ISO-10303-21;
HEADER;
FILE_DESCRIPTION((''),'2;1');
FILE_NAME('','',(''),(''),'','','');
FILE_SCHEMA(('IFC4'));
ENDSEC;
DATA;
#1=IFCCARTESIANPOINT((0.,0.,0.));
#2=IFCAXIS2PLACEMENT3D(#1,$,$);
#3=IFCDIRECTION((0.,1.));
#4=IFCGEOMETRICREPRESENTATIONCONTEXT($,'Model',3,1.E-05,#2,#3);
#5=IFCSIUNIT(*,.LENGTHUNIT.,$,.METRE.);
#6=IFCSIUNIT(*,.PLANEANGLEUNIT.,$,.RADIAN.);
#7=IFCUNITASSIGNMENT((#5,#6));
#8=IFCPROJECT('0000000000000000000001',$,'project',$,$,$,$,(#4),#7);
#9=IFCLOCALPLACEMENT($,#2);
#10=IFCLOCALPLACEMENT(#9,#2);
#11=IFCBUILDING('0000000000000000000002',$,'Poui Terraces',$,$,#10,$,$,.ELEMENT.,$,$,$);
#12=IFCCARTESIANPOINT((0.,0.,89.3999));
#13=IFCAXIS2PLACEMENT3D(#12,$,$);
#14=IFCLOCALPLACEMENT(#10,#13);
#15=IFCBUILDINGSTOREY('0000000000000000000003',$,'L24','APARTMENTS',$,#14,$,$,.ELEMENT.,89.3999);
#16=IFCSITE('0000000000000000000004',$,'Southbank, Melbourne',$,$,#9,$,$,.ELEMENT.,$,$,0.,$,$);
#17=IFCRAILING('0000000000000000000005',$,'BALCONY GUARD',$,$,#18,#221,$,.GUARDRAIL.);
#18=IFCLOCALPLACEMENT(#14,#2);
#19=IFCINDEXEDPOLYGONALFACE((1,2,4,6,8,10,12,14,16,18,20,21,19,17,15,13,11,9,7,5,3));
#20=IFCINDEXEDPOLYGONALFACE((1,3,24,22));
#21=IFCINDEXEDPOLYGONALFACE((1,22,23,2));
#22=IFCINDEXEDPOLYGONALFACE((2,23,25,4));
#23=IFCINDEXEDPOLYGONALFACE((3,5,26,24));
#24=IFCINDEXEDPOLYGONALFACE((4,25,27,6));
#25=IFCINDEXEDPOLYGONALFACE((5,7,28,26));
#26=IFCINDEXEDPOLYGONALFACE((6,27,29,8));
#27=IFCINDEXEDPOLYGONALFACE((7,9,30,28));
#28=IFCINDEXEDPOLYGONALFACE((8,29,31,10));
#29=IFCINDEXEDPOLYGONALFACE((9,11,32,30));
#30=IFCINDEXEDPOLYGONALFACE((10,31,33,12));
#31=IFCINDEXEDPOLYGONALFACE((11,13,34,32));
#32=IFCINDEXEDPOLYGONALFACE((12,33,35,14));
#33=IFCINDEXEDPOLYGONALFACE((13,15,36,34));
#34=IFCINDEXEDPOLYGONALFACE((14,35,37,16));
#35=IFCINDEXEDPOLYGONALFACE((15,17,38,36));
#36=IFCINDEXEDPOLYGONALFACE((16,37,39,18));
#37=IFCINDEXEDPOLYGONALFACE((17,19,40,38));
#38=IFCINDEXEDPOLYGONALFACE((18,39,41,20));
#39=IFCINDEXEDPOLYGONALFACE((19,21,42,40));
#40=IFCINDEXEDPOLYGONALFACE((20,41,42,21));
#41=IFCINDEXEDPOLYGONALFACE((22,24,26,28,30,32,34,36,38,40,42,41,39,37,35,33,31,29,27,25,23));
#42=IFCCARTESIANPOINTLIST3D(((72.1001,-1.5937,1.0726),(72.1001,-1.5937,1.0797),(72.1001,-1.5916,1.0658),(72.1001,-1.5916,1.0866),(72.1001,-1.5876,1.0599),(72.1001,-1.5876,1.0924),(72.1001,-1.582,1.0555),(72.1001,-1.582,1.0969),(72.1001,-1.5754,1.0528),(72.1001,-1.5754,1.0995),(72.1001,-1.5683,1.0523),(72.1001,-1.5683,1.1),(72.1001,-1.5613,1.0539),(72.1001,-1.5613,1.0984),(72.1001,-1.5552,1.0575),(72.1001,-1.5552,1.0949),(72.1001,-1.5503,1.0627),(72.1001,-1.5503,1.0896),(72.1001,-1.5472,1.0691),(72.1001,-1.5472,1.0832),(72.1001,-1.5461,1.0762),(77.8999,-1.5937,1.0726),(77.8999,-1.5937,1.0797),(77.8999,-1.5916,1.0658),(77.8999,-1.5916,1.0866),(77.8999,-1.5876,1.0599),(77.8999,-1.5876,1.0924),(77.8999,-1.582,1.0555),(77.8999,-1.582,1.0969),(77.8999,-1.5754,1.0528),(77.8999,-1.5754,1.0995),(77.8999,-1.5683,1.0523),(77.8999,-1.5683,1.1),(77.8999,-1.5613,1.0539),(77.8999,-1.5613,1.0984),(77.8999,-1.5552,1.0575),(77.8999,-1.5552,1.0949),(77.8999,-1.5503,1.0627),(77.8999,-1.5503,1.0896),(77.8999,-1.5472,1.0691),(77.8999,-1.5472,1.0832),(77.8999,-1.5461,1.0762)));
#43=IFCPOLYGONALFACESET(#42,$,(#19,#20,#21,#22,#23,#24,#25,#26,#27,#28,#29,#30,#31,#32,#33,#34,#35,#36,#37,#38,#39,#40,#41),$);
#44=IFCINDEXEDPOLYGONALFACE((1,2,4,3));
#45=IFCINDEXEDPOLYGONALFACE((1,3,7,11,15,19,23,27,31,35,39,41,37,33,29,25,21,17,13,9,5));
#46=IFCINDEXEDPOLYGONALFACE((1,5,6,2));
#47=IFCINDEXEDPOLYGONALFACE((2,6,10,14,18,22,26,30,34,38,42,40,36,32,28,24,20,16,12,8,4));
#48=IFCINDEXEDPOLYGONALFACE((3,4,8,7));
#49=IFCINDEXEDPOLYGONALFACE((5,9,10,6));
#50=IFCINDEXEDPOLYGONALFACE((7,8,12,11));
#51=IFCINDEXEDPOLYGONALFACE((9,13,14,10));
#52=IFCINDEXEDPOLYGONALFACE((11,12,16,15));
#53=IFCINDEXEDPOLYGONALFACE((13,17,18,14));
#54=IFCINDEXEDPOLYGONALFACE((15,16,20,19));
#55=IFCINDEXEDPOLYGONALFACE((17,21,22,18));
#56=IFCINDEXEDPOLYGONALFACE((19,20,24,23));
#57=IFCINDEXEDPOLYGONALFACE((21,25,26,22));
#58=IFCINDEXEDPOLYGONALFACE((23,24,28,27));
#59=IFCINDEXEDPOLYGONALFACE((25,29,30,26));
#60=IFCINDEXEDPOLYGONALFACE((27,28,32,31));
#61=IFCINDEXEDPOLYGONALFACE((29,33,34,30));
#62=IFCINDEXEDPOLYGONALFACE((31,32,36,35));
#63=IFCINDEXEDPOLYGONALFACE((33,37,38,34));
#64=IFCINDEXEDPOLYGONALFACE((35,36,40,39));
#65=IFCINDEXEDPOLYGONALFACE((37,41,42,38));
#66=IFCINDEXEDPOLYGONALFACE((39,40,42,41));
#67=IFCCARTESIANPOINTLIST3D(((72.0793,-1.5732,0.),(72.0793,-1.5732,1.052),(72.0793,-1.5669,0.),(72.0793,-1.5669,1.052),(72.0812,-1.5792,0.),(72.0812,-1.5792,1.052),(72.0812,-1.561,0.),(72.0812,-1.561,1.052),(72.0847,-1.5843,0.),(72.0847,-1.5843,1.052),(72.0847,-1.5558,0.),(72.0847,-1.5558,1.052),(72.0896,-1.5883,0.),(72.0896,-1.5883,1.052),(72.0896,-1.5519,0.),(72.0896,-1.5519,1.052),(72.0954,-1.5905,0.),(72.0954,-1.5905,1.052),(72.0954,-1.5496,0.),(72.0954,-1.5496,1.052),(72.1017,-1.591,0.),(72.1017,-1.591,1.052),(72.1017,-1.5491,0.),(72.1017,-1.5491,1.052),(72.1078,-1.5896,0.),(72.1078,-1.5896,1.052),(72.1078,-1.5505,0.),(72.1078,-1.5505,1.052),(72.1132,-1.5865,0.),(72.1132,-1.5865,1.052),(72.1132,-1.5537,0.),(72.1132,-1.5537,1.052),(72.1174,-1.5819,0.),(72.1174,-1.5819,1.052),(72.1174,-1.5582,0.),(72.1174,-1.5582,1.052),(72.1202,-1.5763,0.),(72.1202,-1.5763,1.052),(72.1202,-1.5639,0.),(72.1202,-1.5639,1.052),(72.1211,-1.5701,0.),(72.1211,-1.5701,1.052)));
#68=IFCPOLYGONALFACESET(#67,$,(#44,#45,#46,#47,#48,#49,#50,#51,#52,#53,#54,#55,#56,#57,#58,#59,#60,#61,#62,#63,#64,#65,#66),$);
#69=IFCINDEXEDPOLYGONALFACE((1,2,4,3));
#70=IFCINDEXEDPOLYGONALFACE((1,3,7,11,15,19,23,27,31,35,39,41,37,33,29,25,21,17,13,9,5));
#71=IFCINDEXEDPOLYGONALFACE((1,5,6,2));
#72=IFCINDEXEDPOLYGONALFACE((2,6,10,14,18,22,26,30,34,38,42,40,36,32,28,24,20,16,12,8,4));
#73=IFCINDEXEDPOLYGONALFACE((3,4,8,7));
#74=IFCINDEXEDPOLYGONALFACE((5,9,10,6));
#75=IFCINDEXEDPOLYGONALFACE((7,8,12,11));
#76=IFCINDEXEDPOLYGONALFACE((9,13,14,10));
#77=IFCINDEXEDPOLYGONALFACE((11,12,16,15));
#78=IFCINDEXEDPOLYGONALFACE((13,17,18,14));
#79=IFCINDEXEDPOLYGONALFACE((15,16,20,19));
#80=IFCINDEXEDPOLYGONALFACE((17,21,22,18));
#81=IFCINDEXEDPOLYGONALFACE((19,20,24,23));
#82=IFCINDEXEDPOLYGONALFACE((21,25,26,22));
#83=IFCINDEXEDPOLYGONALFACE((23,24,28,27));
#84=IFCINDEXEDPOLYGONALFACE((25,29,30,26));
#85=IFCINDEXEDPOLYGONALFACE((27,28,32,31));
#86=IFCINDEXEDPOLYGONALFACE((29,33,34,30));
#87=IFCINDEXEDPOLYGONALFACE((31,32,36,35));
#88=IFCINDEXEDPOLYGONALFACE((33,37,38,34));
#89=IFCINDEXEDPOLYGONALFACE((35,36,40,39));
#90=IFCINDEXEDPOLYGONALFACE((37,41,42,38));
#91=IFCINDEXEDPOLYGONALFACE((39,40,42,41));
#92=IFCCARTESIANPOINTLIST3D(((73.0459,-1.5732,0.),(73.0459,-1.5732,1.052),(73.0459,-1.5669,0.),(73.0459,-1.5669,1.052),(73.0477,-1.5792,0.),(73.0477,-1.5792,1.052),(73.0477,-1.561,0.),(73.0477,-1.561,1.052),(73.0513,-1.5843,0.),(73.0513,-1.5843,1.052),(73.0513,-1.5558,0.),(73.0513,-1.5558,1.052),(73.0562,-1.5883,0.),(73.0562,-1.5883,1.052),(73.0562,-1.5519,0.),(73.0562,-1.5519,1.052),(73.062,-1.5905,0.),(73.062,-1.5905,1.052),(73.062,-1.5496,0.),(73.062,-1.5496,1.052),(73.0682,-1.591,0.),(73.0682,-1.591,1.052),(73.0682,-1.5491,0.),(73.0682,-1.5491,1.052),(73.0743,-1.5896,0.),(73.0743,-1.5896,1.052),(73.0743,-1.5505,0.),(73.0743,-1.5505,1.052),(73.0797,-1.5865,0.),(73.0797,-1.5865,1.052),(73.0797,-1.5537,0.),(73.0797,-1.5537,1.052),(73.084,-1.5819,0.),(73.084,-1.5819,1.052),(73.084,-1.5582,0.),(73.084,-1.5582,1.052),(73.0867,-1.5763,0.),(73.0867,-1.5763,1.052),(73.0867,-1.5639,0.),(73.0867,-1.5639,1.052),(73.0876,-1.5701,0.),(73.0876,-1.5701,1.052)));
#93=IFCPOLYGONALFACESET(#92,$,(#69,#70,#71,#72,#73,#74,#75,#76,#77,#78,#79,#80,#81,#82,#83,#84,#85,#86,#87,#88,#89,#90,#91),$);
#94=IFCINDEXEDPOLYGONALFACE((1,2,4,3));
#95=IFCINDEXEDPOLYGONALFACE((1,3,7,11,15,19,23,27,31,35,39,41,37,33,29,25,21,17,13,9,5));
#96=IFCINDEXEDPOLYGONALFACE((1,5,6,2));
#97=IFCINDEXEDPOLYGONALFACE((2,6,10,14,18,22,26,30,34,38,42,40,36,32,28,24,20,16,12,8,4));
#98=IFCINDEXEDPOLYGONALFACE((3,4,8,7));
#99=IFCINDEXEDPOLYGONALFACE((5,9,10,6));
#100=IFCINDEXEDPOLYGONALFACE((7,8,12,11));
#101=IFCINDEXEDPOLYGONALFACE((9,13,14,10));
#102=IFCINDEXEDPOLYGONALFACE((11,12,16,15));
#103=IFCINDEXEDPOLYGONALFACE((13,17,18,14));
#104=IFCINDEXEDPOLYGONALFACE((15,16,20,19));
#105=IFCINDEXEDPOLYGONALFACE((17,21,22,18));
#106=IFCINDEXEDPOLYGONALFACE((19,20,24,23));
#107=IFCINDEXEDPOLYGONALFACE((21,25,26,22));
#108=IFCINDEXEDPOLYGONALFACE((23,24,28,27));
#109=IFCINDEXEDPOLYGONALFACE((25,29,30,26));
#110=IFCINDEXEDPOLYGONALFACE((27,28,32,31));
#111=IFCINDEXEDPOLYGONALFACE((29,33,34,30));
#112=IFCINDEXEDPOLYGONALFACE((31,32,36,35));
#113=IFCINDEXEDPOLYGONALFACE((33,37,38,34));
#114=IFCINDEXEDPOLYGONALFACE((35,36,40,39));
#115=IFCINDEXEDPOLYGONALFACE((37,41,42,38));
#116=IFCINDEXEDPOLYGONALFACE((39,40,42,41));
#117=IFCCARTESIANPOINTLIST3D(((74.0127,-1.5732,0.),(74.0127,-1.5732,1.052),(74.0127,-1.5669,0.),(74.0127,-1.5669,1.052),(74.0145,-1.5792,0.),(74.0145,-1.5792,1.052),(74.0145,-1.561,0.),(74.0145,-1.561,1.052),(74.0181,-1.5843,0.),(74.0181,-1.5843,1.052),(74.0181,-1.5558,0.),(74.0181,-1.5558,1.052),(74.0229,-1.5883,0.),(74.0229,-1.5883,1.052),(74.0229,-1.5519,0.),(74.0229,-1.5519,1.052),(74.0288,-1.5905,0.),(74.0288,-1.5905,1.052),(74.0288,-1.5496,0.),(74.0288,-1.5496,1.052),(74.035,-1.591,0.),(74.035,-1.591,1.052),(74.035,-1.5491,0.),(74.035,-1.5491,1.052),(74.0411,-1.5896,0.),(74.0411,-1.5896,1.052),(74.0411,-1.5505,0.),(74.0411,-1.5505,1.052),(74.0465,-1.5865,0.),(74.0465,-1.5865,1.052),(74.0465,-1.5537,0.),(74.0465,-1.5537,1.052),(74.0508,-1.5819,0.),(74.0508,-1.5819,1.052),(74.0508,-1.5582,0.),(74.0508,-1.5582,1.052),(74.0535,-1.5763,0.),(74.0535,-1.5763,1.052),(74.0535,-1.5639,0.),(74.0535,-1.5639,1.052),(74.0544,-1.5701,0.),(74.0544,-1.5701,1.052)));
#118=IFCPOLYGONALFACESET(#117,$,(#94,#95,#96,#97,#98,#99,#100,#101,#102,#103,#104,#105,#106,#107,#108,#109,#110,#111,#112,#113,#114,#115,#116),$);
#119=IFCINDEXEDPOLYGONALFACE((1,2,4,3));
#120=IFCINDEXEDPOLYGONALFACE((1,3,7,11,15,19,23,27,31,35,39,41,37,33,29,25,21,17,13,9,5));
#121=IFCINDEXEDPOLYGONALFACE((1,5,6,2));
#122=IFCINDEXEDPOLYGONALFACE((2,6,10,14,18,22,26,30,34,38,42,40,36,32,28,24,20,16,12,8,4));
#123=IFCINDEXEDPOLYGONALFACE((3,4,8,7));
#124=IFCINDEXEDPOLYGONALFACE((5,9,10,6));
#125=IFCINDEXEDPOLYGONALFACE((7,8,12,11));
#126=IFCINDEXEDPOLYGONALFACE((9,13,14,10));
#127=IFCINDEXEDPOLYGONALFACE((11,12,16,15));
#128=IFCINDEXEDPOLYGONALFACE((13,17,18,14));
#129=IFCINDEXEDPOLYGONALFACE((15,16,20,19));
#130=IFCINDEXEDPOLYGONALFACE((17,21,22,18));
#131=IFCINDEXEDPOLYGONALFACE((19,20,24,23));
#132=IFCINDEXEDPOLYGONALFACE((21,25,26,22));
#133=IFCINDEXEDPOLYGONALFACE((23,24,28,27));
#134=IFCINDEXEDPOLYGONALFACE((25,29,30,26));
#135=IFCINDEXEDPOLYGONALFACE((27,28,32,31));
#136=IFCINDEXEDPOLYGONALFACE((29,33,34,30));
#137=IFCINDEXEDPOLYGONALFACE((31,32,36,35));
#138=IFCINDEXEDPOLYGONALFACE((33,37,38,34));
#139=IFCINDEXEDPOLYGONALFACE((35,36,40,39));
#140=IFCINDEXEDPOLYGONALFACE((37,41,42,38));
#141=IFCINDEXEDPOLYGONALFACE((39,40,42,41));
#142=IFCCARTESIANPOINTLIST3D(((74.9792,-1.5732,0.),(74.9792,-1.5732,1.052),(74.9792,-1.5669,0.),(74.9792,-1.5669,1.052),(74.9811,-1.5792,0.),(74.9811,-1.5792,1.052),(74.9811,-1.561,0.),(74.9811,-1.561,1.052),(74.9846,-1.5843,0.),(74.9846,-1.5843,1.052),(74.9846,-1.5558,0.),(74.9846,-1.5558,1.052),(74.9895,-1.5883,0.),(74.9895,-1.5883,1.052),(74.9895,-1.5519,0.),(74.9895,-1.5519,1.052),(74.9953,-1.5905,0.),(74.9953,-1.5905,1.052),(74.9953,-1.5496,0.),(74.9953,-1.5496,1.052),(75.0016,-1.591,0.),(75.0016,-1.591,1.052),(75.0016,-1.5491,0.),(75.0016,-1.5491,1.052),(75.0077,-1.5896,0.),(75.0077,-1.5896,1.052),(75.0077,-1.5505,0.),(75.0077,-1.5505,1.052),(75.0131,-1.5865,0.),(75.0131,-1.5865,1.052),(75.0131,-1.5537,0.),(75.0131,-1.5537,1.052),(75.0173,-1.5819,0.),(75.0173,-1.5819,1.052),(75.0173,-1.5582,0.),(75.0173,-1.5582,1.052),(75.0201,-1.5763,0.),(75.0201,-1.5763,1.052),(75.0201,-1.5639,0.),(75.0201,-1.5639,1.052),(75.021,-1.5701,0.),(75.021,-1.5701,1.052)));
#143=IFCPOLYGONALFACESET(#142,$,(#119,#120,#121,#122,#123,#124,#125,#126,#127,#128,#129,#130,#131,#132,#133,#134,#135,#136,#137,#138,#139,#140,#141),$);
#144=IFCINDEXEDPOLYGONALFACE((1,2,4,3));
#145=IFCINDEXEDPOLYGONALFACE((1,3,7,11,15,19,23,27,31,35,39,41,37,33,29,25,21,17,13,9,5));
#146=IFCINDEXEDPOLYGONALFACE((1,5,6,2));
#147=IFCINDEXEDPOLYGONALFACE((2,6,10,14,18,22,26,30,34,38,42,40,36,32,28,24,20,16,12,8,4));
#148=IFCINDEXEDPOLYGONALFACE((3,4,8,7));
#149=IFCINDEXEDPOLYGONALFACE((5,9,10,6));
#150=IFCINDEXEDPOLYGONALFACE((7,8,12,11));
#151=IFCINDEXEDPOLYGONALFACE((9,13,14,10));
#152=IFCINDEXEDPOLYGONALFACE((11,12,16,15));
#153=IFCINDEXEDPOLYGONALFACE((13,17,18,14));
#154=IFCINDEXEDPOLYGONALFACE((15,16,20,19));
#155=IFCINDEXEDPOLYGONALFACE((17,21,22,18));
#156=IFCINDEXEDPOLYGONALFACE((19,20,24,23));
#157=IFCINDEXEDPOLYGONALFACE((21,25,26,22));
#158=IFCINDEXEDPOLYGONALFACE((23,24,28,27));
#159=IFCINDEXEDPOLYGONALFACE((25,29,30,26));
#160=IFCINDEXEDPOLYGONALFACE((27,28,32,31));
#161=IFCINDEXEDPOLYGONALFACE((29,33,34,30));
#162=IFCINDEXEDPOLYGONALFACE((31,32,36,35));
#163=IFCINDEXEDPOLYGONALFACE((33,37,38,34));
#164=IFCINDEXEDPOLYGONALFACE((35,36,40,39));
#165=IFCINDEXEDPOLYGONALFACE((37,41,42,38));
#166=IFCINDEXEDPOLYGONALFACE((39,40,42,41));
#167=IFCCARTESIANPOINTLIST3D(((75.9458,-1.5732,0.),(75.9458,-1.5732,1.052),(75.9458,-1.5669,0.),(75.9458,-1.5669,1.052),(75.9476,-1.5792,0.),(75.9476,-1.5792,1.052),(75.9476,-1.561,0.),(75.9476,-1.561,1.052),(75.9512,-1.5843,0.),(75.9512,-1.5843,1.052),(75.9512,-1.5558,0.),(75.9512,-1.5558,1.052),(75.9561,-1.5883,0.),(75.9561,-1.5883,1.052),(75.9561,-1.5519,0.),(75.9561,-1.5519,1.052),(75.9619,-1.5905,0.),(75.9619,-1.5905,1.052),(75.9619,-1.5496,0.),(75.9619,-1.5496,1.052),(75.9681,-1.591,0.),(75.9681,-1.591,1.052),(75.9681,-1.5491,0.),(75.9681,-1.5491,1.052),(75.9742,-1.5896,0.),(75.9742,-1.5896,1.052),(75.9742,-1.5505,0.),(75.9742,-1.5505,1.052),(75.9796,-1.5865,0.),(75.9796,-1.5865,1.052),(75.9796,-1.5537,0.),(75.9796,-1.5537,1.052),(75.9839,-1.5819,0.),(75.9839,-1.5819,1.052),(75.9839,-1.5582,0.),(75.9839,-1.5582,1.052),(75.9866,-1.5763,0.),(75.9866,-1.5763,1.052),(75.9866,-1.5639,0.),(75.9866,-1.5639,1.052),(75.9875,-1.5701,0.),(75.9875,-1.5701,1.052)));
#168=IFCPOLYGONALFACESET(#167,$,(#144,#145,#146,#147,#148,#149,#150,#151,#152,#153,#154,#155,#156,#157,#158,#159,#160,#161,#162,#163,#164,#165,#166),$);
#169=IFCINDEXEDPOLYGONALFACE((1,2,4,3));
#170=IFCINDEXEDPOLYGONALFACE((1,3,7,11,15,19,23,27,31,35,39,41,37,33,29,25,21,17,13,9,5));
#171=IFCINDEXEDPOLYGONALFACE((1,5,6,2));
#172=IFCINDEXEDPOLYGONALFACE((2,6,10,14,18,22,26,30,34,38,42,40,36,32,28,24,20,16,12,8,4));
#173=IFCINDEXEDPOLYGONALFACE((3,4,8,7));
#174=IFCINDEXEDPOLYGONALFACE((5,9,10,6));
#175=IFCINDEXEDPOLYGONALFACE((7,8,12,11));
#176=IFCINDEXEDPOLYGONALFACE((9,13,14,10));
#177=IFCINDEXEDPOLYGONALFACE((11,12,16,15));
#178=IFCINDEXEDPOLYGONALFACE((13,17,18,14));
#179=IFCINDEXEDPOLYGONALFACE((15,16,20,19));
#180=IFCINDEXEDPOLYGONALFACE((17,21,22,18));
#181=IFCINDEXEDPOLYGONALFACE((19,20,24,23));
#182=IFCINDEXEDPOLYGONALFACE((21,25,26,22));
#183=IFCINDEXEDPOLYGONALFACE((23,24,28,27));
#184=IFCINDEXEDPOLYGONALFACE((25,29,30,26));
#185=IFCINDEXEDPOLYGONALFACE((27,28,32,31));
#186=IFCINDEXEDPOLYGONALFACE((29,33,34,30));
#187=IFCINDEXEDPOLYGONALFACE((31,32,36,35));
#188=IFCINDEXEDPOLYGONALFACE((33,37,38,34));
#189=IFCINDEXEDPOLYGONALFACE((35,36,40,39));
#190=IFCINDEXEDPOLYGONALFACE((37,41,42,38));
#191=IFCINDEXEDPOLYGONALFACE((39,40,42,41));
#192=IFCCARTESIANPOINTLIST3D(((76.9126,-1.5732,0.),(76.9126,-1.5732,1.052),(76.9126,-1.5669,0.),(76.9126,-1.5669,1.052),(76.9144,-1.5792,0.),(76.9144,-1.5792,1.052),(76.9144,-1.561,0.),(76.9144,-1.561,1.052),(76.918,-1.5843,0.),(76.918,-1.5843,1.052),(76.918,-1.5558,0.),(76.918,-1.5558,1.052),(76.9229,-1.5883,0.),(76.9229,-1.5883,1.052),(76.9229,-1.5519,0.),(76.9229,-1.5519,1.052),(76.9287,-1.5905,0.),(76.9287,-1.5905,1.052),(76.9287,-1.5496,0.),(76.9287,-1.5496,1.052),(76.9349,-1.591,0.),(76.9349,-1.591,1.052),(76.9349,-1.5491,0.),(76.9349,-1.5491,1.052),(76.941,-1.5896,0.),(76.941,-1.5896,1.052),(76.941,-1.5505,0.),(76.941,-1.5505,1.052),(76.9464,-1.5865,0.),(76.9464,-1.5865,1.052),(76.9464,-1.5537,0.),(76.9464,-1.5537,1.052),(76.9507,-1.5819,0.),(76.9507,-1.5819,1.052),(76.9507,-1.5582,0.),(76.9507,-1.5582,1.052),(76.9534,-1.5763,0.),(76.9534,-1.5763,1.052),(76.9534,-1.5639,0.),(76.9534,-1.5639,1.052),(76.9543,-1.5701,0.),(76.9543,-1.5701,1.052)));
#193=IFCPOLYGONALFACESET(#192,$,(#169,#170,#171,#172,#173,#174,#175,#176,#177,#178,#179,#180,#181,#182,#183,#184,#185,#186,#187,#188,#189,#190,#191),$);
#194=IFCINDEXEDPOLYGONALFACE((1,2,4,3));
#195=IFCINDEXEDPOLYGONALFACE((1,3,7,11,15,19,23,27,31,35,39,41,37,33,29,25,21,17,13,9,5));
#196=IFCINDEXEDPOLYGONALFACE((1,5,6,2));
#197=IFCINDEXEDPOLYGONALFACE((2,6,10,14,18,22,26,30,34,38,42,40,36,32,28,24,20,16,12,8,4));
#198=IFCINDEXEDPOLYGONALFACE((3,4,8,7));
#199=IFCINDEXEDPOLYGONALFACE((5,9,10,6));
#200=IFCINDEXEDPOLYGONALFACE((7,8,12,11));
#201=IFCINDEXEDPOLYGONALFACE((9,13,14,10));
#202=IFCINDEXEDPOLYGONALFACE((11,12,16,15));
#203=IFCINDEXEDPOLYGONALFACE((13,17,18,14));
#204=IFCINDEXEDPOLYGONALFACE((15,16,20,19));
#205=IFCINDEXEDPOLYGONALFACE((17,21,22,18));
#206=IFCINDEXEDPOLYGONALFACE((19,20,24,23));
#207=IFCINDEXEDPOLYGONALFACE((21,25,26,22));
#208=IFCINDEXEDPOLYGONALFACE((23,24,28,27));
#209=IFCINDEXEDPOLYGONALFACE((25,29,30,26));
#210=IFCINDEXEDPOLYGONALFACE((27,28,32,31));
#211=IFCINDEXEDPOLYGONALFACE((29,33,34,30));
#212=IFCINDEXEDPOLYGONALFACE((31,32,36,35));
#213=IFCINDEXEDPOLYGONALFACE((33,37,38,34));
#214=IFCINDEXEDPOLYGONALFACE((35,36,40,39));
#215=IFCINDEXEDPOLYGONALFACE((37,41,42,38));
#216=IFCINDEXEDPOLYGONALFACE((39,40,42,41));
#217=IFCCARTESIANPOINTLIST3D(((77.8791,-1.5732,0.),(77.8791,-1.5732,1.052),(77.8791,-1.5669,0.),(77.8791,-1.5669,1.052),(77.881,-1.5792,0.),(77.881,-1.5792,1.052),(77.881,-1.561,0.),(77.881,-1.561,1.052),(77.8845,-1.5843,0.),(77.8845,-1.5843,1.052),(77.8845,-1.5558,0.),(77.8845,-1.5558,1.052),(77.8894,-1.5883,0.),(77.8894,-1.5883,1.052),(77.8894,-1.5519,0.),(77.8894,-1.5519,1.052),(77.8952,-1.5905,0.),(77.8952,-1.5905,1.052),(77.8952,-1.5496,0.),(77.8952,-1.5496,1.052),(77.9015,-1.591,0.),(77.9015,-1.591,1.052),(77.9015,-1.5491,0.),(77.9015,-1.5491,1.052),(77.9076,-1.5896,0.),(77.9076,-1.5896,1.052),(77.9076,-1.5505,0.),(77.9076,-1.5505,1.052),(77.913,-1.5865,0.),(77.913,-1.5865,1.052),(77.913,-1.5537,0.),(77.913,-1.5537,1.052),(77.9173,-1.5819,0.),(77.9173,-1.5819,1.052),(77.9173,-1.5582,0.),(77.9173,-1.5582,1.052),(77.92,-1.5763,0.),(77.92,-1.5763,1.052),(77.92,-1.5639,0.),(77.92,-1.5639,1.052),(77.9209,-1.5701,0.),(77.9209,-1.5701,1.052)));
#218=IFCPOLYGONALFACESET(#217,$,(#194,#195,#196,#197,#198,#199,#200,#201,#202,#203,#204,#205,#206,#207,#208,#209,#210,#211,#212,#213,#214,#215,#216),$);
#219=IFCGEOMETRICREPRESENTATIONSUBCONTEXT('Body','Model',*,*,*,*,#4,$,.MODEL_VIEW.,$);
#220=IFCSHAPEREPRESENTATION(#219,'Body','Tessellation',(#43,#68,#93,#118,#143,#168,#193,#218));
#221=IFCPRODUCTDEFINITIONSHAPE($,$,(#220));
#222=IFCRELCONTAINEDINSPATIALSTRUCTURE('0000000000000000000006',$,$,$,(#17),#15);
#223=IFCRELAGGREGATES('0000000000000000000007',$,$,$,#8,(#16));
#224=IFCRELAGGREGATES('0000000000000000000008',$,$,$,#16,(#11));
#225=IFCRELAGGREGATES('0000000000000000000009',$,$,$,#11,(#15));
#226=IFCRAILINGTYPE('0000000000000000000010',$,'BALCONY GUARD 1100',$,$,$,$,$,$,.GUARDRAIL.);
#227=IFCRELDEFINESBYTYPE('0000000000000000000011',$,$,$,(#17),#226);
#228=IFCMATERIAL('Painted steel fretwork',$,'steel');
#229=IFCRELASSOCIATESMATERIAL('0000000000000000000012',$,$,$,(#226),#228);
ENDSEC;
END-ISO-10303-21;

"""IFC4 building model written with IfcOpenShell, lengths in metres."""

from ifc_helpers import new_model, si_unit, direction, frame, origin, origin_2d, place, context, subcontext, project, spatial, circle, extrude, material, type_object, element, save


model = new_model("IFC4")

# Units and contexts
model_context = context("Model", 3, precision=1e-05, world=origin(), true_north=direction((0.0, 1.0)))
body_context = subcontext(model_context, "Body", "Model", "MODEL_VIEW")
ifc_project = project(units=[si_unit("LENGTHUNIT", "METRE"), si_unit("PLANEANGLEUNIT", "RADIAN")], contexts=[model_context])

# Site, building, storey
site_placement = place(None, origin())
site = spatial("IfcSite", under=ifc_project, at=site_placement, Name="Southbank, Melbourne", CompositionType="ELEMENT", RefElevation=0.0)
building_placement = place(site_placement, origin())
building = spatial("IfcBuilding", under=site, at=building_placement, Name="Poui Terraces", CompositionType="ELEMENT")
storey_placement = place(building_placement, frame((0.0, 0.0, 89.3999)))
storey = spatial("IfcBuildingStorey", under=building, at=storey_placement, Name="L24", Description="APARTMENTS", CompositionType="ELEMENT", Elevation=89.3999)

# Railing
ifc_material_1 = material(Name="Painted steel fretwork", Category="steel")
railing_type_1 = type_object("IfcRailingType", Name="BALCONY GUARD 1100", PredefinedType="GUARDRAIL", material=ifc_material_1)
railing_1_placement = place(storey_placement, frame((72.1001, -1.5701, 0.0)))
element("IfcRailing", 1, at=railing_1_placement, inside=storey, type_object=railing_type_1, Name="BALCONY GUARD", PredefinedType="GUARDRAIL", context=body_context, shape_type="SweptSolid", body=[
    extrude(circle(Radius=0.0239, at=origin_2d()), frame((0.0, 0.0, 1.0762), z_axis=(1.0, 0.0, 0.0), x_axis=(0.0, 1.0, 0.0)), (0.0, 0.0, 1.0), 5.7998),
    extrude(circle(Radius=0.021, at=origin_2d()), origin(), (0.0, 0.0, 1.0), 1.052),
    extrude(circle(Radius=0.021, at=origin_2d()), frame((0.9666, 0.0, 0.0)), (0.0, 0.0, 1.0), 1.052),
    extrude(circle(Radius=0.021, at=origin_2d()), frame((1.9333, 0.0, 0.0)), (0.0, 0.0, 1.0), 1.052),
    extrude(circle(Radius=0.021, at=origin_2d()), frame((2.8999, 0.0, 0.0)), (0.0, 0.0, 1.0), 1.052),
    extrude(circle(Radius=0.021, at=origin_2d()), frame((3.8665, 0.0, 0.0)), (0.0, 0.0, 1.0), 1.052),
    extrude(circle(Radius=0.021, at=origin_2d()), frame((4.8333, 0.0, 0.0)), (0.0, 0.0, 1.0), 1.052),
    extrude(circle(Radius=0.021, at=origin_2d()), frame((5.7998, 0.0, 0.0)), (0.0, 0.0, 1.0), 1.052),
])

save(model, "model.ifc")
